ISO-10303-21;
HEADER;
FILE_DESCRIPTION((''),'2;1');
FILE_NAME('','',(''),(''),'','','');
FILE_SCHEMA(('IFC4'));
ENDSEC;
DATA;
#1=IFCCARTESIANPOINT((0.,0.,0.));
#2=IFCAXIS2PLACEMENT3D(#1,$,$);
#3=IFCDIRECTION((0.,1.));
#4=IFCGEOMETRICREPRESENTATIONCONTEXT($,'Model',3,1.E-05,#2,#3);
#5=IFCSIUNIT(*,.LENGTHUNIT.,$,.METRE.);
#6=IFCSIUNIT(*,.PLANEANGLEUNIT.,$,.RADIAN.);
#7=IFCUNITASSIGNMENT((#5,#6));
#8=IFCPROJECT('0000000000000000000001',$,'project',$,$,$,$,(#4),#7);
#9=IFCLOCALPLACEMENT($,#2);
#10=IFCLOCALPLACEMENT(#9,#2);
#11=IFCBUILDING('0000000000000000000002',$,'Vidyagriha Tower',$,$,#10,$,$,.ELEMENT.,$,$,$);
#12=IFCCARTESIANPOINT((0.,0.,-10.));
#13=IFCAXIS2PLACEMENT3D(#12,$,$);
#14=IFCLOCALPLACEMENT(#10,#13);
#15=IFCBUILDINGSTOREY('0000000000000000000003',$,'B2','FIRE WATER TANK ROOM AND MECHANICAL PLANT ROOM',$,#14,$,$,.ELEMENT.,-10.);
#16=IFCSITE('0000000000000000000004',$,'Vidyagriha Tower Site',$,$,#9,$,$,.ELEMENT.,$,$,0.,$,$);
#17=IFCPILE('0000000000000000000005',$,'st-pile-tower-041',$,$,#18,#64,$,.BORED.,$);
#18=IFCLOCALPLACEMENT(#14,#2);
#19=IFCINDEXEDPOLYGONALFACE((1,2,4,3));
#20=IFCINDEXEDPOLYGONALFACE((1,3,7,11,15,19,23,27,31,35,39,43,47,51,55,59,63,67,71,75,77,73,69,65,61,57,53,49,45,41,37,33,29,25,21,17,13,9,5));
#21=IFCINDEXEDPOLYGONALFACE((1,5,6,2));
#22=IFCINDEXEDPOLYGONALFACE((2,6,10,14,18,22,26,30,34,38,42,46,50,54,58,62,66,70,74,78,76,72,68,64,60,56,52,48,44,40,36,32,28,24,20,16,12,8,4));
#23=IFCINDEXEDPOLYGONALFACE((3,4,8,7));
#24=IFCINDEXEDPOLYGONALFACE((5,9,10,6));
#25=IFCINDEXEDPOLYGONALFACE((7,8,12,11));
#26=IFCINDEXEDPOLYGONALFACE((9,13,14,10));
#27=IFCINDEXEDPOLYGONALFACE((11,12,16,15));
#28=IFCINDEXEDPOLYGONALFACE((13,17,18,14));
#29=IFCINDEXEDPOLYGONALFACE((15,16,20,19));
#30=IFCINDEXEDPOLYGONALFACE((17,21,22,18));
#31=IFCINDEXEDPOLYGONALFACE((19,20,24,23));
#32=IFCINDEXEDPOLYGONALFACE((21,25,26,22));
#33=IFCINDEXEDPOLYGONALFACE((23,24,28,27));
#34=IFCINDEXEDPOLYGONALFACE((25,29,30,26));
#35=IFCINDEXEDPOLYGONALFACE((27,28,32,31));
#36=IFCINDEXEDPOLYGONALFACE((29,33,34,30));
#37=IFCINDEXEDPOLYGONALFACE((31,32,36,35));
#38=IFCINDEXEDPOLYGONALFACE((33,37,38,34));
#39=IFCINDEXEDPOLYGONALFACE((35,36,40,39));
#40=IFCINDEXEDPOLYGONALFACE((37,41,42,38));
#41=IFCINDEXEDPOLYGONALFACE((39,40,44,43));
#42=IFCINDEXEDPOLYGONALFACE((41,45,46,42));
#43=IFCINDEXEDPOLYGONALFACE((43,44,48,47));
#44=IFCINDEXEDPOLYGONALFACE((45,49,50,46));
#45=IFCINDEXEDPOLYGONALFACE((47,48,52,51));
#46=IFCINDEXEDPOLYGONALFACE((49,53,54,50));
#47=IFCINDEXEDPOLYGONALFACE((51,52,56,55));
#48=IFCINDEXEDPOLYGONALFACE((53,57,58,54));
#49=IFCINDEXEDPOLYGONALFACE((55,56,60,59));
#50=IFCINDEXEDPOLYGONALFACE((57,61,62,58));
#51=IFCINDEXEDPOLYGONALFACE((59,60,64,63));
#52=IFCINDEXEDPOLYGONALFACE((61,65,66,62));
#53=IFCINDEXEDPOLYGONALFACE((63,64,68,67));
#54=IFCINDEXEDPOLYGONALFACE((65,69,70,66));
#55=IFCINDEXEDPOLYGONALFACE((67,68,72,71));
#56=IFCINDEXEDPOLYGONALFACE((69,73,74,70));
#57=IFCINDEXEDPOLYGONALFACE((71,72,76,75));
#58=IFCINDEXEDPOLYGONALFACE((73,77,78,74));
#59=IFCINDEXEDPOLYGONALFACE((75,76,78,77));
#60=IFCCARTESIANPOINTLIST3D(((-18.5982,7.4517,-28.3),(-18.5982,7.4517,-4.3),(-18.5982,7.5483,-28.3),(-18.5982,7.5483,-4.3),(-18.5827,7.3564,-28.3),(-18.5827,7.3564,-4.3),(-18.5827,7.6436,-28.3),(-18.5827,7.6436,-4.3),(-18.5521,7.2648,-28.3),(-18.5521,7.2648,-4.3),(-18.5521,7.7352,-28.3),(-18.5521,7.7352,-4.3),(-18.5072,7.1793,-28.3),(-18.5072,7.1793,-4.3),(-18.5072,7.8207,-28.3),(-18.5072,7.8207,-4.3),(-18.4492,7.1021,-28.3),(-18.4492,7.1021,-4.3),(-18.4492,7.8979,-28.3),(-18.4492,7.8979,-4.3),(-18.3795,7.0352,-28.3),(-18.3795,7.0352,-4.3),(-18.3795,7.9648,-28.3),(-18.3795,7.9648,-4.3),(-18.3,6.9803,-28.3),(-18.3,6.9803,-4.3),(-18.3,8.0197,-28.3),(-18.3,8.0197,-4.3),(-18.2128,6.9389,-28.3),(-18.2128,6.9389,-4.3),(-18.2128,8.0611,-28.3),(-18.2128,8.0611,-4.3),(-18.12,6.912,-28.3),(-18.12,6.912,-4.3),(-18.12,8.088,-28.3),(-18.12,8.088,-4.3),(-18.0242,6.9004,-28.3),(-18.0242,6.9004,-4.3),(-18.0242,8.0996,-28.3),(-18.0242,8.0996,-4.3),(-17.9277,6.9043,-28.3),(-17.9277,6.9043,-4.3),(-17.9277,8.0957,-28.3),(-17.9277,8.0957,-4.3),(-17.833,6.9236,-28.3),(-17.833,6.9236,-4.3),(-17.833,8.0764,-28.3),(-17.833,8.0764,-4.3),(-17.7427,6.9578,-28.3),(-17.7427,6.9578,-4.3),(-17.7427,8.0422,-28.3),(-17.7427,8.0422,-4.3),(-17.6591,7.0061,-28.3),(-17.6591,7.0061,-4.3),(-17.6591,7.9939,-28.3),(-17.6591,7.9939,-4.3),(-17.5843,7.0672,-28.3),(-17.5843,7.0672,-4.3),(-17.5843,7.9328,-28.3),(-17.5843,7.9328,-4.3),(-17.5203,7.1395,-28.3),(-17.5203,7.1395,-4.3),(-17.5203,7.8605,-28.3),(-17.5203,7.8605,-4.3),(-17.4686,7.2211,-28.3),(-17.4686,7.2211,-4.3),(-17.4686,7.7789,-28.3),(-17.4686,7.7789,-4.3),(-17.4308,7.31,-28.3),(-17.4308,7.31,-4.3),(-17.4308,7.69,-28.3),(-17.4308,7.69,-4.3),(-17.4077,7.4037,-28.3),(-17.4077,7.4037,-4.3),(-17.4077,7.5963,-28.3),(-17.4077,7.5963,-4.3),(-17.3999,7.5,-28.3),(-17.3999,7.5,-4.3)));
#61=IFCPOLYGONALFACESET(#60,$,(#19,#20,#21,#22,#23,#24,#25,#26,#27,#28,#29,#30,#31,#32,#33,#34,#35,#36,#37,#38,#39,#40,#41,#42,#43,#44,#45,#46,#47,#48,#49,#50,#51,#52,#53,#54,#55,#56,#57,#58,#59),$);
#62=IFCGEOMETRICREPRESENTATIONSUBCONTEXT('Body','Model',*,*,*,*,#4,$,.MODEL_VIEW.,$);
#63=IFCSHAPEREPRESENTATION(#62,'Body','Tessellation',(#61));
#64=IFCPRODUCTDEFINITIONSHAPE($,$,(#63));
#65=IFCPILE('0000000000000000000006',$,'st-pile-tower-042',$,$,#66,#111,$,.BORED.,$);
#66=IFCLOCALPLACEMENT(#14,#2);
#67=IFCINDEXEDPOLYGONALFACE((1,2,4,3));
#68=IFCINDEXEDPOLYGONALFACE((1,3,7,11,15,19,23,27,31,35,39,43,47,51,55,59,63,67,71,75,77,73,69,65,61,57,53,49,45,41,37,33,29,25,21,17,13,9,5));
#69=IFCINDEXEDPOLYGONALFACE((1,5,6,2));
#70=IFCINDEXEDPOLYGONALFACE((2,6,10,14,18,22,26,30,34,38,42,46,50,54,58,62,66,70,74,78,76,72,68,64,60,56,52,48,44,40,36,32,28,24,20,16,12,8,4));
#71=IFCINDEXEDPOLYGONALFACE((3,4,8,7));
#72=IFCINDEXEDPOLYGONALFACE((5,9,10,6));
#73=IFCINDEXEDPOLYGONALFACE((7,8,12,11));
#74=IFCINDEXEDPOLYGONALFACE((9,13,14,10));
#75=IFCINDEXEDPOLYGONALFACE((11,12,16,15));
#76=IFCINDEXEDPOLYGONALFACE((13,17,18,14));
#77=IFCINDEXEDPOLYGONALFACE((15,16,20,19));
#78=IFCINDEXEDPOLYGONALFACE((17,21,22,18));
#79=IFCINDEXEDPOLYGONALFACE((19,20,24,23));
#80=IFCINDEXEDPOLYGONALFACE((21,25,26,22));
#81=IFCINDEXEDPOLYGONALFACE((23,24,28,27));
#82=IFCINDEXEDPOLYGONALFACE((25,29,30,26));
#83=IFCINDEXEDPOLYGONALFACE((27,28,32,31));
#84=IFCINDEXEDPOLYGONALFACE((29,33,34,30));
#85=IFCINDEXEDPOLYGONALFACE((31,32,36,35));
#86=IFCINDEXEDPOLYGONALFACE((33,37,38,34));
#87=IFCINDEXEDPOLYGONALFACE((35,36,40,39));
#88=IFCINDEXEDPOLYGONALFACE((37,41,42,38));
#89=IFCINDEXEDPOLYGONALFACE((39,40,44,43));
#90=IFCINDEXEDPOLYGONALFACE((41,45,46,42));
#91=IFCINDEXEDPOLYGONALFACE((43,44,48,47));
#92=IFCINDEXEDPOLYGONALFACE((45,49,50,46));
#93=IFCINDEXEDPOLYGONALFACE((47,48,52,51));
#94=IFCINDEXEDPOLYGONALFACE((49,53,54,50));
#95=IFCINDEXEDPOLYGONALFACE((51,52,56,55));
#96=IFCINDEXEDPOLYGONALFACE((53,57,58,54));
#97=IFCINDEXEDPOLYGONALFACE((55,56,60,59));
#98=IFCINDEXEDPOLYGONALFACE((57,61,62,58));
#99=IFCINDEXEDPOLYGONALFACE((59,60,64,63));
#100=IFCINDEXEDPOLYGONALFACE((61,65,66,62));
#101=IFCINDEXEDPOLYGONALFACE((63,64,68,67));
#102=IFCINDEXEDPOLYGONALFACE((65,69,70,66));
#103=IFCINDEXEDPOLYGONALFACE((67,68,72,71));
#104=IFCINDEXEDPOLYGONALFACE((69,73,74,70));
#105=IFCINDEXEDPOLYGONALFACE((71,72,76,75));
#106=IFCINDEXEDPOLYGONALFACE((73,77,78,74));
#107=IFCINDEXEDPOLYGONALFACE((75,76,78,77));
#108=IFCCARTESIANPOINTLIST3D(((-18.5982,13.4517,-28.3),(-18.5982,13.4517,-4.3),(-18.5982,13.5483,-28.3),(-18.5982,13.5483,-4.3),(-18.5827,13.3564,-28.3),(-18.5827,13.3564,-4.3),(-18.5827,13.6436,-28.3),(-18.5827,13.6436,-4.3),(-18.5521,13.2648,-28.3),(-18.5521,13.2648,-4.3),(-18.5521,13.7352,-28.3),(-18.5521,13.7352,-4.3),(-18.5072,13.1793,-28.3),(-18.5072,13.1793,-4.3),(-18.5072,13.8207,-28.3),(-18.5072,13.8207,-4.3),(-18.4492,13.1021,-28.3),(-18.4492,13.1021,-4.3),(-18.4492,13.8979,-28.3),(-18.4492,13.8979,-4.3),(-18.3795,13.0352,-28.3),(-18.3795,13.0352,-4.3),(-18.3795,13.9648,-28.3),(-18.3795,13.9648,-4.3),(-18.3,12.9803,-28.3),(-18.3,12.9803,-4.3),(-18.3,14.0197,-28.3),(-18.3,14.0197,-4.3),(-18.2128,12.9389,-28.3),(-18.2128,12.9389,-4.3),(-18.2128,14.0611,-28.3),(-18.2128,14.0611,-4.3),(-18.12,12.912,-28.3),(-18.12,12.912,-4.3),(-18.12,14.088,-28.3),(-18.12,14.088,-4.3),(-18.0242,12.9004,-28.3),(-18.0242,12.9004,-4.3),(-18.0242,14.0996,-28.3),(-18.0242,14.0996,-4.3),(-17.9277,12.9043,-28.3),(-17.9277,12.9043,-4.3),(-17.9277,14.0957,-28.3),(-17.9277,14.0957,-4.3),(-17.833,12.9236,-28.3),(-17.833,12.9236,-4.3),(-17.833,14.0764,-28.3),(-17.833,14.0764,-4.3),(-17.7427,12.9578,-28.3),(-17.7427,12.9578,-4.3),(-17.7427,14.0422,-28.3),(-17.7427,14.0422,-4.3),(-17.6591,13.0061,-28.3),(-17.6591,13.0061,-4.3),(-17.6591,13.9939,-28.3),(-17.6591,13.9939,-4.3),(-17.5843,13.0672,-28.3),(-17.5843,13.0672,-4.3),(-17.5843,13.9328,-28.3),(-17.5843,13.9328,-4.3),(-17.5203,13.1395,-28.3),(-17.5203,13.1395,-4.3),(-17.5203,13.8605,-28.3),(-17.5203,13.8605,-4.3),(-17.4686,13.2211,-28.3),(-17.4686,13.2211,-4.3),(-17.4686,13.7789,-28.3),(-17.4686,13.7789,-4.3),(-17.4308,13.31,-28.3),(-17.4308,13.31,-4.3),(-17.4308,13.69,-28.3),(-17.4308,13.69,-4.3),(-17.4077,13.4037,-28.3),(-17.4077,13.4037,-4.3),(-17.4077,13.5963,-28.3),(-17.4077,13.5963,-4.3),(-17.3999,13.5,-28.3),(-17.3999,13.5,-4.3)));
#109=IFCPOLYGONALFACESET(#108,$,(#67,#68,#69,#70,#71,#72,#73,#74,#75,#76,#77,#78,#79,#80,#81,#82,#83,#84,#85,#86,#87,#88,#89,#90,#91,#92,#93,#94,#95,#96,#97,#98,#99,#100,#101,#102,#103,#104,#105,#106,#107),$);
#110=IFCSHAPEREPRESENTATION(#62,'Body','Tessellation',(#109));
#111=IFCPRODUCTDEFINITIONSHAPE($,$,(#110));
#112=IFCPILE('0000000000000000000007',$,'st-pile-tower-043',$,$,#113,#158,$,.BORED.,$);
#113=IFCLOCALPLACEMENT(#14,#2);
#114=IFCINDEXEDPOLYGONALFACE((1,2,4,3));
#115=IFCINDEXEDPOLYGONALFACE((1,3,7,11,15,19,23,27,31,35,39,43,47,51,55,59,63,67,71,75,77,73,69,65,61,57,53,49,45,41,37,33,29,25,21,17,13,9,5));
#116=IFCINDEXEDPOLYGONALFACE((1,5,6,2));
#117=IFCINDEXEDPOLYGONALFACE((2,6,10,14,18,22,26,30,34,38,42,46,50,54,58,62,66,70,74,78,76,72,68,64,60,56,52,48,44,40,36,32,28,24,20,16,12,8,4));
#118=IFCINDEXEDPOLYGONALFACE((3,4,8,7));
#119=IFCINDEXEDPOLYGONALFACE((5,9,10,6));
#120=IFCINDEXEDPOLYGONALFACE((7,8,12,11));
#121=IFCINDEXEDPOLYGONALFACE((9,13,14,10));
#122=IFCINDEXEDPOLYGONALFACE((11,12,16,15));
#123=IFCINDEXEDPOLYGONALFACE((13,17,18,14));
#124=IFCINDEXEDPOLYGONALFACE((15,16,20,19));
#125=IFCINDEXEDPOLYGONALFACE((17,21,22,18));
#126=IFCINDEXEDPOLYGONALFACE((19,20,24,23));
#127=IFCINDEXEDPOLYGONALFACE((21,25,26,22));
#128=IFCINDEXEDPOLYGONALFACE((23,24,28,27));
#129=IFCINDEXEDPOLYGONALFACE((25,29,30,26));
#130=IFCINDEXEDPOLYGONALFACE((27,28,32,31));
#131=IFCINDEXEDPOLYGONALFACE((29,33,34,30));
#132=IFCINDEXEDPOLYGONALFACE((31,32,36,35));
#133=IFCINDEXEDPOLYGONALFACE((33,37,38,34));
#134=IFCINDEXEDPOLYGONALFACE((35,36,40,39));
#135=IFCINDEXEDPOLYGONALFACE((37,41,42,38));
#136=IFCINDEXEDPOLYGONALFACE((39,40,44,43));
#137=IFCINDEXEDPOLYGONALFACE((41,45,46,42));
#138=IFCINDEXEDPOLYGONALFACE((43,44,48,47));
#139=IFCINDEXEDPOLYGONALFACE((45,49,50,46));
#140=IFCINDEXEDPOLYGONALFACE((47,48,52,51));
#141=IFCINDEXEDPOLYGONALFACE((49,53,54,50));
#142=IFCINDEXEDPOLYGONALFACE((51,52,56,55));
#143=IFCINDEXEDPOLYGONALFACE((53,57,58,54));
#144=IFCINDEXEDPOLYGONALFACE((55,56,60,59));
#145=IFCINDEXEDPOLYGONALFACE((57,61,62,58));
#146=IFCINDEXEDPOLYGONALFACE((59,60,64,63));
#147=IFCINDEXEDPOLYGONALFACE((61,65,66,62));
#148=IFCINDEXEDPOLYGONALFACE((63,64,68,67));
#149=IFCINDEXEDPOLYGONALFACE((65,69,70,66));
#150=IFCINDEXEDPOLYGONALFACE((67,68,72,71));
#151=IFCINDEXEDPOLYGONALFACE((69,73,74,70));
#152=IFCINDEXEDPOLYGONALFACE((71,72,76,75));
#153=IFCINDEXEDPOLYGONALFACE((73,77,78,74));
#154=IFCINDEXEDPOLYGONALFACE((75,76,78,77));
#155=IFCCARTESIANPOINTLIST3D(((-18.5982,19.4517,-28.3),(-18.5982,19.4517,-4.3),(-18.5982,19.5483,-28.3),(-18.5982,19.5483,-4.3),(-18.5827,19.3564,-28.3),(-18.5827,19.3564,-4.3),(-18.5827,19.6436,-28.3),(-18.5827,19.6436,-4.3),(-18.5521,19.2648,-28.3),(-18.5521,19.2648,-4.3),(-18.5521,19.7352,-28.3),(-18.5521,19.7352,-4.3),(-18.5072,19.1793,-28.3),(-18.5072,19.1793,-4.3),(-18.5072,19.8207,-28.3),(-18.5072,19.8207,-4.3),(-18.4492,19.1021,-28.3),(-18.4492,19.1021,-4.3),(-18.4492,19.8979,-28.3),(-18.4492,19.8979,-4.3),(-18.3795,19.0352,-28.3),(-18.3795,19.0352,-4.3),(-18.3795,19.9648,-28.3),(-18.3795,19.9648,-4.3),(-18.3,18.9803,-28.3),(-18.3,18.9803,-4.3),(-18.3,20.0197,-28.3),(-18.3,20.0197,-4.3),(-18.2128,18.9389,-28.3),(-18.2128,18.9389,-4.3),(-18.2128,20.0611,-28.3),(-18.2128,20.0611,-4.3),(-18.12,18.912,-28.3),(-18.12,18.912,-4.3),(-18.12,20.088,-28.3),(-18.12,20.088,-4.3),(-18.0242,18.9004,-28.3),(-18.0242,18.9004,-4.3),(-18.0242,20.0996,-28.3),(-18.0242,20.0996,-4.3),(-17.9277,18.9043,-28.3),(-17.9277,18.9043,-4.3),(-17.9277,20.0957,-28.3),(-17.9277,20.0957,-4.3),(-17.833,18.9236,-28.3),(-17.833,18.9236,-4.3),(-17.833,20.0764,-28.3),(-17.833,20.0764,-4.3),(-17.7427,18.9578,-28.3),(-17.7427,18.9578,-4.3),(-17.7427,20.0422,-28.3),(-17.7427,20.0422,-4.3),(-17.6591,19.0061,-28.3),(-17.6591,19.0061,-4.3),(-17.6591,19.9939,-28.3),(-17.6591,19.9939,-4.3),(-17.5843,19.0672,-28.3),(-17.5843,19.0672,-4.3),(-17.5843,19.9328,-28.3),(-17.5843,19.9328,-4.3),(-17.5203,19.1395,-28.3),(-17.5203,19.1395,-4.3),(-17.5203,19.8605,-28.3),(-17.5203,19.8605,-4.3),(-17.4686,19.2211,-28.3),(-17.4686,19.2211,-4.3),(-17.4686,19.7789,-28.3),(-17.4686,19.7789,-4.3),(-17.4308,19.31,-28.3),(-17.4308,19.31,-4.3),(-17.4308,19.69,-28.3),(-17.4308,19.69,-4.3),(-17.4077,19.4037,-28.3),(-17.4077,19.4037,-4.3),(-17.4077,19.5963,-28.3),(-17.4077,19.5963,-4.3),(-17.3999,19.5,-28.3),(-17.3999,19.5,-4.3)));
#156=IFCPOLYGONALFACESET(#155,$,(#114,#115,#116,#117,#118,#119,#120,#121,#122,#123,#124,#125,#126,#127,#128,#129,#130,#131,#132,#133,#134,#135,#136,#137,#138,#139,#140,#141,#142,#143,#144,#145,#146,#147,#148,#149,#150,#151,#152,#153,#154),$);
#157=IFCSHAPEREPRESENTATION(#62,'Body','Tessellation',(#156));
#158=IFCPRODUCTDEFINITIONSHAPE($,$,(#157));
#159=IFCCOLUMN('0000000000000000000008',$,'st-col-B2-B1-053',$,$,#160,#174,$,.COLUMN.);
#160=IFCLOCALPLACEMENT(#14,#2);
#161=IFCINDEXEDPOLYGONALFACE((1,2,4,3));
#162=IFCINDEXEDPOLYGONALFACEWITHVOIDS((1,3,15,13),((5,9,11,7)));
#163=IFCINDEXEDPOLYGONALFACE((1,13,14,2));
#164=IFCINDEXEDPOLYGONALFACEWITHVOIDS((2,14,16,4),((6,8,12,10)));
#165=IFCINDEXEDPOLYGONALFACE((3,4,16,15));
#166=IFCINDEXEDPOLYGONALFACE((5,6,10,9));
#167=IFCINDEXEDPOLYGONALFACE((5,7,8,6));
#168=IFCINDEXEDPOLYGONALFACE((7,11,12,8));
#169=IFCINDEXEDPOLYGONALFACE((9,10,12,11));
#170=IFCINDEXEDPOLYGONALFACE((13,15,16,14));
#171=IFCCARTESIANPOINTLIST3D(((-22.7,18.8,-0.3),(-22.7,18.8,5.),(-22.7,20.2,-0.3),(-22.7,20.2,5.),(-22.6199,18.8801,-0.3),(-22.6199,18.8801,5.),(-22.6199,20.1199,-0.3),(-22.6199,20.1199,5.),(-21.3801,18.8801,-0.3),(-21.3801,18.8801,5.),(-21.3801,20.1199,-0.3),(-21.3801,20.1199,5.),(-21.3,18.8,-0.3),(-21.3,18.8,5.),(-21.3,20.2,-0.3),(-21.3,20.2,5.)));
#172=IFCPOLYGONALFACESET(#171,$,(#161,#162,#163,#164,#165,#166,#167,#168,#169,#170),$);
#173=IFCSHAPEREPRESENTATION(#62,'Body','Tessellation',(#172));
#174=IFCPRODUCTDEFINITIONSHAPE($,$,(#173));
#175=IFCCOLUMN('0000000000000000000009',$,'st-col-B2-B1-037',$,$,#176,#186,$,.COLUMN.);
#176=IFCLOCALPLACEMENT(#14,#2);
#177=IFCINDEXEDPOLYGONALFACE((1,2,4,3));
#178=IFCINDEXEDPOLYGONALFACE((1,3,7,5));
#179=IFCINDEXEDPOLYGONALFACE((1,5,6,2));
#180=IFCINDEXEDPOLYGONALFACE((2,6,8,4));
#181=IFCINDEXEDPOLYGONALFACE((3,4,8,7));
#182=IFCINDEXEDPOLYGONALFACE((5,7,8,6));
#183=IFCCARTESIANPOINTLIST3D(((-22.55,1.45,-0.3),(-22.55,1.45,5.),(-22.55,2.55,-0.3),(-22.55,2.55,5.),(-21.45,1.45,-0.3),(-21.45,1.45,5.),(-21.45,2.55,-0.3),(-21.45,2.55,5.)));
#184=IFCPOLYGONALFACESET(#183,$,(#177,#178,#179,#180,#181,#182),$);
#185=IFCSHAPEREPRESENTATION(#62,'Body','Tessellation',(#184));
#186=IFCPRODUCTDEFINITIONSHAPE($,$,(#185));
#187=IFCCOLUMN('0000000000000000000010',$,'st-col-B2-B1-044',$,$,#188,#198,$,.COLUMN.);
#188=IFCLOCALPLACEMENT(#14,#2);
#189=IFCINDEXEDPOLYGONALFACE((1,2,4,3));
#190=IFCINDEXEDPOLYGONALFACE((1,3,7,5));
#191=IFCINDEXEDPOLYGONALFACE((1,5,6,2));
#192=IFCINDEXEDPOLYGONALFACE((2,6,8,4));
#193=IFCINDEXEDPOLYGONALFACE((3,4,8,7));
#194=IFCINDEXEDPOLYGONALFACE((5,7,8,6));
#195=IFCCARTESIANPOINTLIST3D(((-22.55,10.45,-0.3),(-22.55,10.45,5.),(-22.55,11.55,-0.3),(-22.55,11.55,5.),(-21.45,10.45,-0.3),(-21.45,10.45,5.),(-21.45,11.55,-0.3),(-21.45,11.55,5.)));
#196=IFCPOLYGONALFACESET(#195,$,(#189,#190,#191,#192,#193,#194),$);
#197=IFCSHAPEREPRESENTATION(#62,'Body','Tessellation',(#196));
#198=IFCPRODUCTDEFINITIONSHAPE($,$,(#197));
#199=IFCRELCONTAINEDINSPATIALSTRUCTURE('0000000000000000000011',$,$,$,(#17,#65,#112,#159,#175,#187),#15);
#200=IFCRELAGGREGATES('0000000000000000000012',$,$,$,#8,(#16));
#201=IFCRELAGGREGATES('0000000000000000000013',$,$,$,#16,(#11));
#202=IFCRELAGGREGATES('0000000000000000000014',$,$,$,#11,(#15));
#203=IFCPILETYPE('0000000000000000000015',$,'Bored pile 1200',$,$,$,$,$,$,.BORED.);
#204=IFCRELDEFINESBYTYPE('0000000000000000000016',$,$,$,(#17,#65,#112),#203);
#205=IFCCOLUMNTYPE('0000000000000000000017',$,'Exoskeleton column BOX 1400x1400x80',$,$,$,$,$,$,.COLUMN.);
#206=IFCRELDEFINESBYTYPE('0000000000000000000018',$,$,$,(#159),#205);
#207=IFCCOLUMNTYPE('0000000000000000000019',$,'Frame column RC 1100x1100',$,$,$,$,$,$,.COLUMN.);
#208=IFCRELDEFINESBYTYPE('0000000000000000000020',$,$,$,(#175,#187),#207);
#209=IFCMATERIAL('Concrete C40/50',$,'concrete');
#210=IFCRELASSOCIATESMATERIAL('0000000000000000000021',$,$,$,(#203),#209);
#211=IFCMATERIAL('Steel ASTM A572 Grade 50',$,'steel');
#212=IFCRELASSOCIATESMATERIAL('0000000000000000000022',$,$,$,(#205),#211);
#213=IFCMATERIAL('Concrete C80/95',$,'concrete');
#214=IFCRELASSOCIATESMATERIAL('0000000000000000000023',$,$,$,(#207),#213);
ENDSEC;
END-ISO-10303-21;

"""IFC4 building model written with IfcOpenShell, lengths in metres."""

from ifc_helpers import new_model, si_unit, direction, frame, origin, origin_2d, place, context, subcontext, project, spatial, rectangle, hollow_rectangle, circle, extrude, material, material_profile, profile_set, type_object, element, save


model = new_model("IFC4")

# Units and contexts
model_context = context("Model", 3, precision=1e-05, world=origin(), true_north=direction((0.0, 1.0)))
body_context = subcontext(model_context, "Body", "Model", "MODEL_VIEW")
ifc_project = project(units=[si_unit("LENGTHUNIT", "METRE"), si_unit("PLANEANGLEUNIT", "RADIAN")], contexts=[model_context])

# Site, building, storey
site_placement = place(None, origin())
site = spatial("IfcSite", under=ifc_project, at=site_placement, Name="Vidyagriha Tower Site", CompositionType="ELEMENT", RefElevation=0.0)
building_placement = place(site_placement, origin())
building = spatial("IfcBuilding", under=site, at=building_placement, Name="Vidyagriha Tower", CompositionType="ELEMENT")
storey_placement = place(building_placement, frame((0.0, 0.0, -10.0)))
storey = spatial("IfcBuildingStorey", under=building, at=storey_placement, Name="B2", Description="FIRE WATER TANK ROOM AND MECHANICAL PLANT ROOM", CompositionType="ELEMENT", Elevation=-10.0)

# Piles
ifc_material_1 = material(Name="Concrete C40/50", Category="concrete")
ifc_material_profile_1 = material_profile(ifc_material_1, circle(Radius=0.6001, at=origin_2d()), Name="Bored pile 1200")
ifc_profile_set_1 = profile_set([ifc_material_profile_1], Name="Concrete C40/50")
pile_type = type_object("IfcPileType", Name="Bored pile 1200", PredefinedType="BORED", material=ifc_profile_set_1)
for number, where, z_axis, x_axis, name in (
    (1, (-18.0, 7.5, -4.3), (0.0, 0.0, -1.0), (1.0, 0.0, 0.0), "st-pile-tower-041"),
    (2, (-18.0, 13.5, -4.3), (0.0, 0.0, -1.0), (1.0, 0.0, 0.0), "st-pile-tower-042"),
    (3, (-18.0, 19.5, -4.3), (0.0, 0.0, -1.0), (1.0, 0.0, 0.0), "st-pile-tower-043"),
):
    element("IfcPile", number, at=place(storey_placement, frame(where, z_axis=z_axis, x_axis=x_axis)), inside=storey, type_object=pile_type, Name=name, PredefinedType="BORED", context=body_context, shape_type="SweptSolid", body=[
        extrude(circle(Radius=0.6001, at=origin_2d()), origin(), (0.0, 0.0, 1.0), 24.0),
    ])

# Columns
ifc_material_2 = material(Name="Steel ASTM A572 Grade 50", Category="steel")
ifc_material_profile_2 = material_profile(ifc_material_2, hollow_rectangle(XDim=1.3999, YDim=1.3999, WallThickness=0.0801, at=origin_2d()), Name="BOX 1400x1400x80")
ifc_profile_set_2 = profile_set([ifc_material_profile_2], Name="Steel ASTM A572 Grade 50")
column_type_1 = type_object("IfcColumnType", Name="Exoskeleton column BOX 1400x1400x80", PredefinedType="COLUMN", material=ifc_profile_set_2)
column_placement = place(storey_placement, frame((-22.0, 19.5, -0.3)))
element("IfcColumn", 4, at=column_placement, inside=storey, type_object=column_type_1, Name="st-col-B2-B1-053", PredefinedType="COLUMN", context=body_context, shape_type="SweptSolid", body=[
    extrude(hollow_rectangle(XDim=1.3999, YDim=1.3999, WallThickness=0.0801, at=origin_2d()), origin(), (0.0, 0.0, 1.0), 5.3),
])
ifc_material_3 = material(Name="Concrete C80/95", Category="concrete")
ifc_material_profile_3 = material_profile(ifc_material_3, rectangle(XDim=1.1001, YDim=1.1001, at=origin_2d()), Name="RC 1100x1100")
ifc_profile_set_3 = profile_set([ifc_material_profile_3], Name="Concrete C80/95")
column_type_2 = type_object("IfcColumnType", Name="Frame column RC 1100x1100", PredefinedType="COLUMN", material=ifc_profile_set_3)
for number, where, name in (
    (5, (-22.0, 2.0, -0.3), "st-col-B2-B1-037"),
    (6, (-22.0, 11.0, -0.3), "st-col-B2-B1-044"),
):
    element("IfcColumn", number, at=place(storey_placement, frame(where)), inside=storey, type_object=column_type_2, Name=name, PredefinedType="COLUMN", context=body_context, shape_type="SweptSolid", body=[
        extrude(rectangle(XDim=1.1001, YDim=1.1001, at=origin_2d()), origin(), (0.0, 0.0, 1.0), 5.3),
    ])

save(model, "model.ifc")
